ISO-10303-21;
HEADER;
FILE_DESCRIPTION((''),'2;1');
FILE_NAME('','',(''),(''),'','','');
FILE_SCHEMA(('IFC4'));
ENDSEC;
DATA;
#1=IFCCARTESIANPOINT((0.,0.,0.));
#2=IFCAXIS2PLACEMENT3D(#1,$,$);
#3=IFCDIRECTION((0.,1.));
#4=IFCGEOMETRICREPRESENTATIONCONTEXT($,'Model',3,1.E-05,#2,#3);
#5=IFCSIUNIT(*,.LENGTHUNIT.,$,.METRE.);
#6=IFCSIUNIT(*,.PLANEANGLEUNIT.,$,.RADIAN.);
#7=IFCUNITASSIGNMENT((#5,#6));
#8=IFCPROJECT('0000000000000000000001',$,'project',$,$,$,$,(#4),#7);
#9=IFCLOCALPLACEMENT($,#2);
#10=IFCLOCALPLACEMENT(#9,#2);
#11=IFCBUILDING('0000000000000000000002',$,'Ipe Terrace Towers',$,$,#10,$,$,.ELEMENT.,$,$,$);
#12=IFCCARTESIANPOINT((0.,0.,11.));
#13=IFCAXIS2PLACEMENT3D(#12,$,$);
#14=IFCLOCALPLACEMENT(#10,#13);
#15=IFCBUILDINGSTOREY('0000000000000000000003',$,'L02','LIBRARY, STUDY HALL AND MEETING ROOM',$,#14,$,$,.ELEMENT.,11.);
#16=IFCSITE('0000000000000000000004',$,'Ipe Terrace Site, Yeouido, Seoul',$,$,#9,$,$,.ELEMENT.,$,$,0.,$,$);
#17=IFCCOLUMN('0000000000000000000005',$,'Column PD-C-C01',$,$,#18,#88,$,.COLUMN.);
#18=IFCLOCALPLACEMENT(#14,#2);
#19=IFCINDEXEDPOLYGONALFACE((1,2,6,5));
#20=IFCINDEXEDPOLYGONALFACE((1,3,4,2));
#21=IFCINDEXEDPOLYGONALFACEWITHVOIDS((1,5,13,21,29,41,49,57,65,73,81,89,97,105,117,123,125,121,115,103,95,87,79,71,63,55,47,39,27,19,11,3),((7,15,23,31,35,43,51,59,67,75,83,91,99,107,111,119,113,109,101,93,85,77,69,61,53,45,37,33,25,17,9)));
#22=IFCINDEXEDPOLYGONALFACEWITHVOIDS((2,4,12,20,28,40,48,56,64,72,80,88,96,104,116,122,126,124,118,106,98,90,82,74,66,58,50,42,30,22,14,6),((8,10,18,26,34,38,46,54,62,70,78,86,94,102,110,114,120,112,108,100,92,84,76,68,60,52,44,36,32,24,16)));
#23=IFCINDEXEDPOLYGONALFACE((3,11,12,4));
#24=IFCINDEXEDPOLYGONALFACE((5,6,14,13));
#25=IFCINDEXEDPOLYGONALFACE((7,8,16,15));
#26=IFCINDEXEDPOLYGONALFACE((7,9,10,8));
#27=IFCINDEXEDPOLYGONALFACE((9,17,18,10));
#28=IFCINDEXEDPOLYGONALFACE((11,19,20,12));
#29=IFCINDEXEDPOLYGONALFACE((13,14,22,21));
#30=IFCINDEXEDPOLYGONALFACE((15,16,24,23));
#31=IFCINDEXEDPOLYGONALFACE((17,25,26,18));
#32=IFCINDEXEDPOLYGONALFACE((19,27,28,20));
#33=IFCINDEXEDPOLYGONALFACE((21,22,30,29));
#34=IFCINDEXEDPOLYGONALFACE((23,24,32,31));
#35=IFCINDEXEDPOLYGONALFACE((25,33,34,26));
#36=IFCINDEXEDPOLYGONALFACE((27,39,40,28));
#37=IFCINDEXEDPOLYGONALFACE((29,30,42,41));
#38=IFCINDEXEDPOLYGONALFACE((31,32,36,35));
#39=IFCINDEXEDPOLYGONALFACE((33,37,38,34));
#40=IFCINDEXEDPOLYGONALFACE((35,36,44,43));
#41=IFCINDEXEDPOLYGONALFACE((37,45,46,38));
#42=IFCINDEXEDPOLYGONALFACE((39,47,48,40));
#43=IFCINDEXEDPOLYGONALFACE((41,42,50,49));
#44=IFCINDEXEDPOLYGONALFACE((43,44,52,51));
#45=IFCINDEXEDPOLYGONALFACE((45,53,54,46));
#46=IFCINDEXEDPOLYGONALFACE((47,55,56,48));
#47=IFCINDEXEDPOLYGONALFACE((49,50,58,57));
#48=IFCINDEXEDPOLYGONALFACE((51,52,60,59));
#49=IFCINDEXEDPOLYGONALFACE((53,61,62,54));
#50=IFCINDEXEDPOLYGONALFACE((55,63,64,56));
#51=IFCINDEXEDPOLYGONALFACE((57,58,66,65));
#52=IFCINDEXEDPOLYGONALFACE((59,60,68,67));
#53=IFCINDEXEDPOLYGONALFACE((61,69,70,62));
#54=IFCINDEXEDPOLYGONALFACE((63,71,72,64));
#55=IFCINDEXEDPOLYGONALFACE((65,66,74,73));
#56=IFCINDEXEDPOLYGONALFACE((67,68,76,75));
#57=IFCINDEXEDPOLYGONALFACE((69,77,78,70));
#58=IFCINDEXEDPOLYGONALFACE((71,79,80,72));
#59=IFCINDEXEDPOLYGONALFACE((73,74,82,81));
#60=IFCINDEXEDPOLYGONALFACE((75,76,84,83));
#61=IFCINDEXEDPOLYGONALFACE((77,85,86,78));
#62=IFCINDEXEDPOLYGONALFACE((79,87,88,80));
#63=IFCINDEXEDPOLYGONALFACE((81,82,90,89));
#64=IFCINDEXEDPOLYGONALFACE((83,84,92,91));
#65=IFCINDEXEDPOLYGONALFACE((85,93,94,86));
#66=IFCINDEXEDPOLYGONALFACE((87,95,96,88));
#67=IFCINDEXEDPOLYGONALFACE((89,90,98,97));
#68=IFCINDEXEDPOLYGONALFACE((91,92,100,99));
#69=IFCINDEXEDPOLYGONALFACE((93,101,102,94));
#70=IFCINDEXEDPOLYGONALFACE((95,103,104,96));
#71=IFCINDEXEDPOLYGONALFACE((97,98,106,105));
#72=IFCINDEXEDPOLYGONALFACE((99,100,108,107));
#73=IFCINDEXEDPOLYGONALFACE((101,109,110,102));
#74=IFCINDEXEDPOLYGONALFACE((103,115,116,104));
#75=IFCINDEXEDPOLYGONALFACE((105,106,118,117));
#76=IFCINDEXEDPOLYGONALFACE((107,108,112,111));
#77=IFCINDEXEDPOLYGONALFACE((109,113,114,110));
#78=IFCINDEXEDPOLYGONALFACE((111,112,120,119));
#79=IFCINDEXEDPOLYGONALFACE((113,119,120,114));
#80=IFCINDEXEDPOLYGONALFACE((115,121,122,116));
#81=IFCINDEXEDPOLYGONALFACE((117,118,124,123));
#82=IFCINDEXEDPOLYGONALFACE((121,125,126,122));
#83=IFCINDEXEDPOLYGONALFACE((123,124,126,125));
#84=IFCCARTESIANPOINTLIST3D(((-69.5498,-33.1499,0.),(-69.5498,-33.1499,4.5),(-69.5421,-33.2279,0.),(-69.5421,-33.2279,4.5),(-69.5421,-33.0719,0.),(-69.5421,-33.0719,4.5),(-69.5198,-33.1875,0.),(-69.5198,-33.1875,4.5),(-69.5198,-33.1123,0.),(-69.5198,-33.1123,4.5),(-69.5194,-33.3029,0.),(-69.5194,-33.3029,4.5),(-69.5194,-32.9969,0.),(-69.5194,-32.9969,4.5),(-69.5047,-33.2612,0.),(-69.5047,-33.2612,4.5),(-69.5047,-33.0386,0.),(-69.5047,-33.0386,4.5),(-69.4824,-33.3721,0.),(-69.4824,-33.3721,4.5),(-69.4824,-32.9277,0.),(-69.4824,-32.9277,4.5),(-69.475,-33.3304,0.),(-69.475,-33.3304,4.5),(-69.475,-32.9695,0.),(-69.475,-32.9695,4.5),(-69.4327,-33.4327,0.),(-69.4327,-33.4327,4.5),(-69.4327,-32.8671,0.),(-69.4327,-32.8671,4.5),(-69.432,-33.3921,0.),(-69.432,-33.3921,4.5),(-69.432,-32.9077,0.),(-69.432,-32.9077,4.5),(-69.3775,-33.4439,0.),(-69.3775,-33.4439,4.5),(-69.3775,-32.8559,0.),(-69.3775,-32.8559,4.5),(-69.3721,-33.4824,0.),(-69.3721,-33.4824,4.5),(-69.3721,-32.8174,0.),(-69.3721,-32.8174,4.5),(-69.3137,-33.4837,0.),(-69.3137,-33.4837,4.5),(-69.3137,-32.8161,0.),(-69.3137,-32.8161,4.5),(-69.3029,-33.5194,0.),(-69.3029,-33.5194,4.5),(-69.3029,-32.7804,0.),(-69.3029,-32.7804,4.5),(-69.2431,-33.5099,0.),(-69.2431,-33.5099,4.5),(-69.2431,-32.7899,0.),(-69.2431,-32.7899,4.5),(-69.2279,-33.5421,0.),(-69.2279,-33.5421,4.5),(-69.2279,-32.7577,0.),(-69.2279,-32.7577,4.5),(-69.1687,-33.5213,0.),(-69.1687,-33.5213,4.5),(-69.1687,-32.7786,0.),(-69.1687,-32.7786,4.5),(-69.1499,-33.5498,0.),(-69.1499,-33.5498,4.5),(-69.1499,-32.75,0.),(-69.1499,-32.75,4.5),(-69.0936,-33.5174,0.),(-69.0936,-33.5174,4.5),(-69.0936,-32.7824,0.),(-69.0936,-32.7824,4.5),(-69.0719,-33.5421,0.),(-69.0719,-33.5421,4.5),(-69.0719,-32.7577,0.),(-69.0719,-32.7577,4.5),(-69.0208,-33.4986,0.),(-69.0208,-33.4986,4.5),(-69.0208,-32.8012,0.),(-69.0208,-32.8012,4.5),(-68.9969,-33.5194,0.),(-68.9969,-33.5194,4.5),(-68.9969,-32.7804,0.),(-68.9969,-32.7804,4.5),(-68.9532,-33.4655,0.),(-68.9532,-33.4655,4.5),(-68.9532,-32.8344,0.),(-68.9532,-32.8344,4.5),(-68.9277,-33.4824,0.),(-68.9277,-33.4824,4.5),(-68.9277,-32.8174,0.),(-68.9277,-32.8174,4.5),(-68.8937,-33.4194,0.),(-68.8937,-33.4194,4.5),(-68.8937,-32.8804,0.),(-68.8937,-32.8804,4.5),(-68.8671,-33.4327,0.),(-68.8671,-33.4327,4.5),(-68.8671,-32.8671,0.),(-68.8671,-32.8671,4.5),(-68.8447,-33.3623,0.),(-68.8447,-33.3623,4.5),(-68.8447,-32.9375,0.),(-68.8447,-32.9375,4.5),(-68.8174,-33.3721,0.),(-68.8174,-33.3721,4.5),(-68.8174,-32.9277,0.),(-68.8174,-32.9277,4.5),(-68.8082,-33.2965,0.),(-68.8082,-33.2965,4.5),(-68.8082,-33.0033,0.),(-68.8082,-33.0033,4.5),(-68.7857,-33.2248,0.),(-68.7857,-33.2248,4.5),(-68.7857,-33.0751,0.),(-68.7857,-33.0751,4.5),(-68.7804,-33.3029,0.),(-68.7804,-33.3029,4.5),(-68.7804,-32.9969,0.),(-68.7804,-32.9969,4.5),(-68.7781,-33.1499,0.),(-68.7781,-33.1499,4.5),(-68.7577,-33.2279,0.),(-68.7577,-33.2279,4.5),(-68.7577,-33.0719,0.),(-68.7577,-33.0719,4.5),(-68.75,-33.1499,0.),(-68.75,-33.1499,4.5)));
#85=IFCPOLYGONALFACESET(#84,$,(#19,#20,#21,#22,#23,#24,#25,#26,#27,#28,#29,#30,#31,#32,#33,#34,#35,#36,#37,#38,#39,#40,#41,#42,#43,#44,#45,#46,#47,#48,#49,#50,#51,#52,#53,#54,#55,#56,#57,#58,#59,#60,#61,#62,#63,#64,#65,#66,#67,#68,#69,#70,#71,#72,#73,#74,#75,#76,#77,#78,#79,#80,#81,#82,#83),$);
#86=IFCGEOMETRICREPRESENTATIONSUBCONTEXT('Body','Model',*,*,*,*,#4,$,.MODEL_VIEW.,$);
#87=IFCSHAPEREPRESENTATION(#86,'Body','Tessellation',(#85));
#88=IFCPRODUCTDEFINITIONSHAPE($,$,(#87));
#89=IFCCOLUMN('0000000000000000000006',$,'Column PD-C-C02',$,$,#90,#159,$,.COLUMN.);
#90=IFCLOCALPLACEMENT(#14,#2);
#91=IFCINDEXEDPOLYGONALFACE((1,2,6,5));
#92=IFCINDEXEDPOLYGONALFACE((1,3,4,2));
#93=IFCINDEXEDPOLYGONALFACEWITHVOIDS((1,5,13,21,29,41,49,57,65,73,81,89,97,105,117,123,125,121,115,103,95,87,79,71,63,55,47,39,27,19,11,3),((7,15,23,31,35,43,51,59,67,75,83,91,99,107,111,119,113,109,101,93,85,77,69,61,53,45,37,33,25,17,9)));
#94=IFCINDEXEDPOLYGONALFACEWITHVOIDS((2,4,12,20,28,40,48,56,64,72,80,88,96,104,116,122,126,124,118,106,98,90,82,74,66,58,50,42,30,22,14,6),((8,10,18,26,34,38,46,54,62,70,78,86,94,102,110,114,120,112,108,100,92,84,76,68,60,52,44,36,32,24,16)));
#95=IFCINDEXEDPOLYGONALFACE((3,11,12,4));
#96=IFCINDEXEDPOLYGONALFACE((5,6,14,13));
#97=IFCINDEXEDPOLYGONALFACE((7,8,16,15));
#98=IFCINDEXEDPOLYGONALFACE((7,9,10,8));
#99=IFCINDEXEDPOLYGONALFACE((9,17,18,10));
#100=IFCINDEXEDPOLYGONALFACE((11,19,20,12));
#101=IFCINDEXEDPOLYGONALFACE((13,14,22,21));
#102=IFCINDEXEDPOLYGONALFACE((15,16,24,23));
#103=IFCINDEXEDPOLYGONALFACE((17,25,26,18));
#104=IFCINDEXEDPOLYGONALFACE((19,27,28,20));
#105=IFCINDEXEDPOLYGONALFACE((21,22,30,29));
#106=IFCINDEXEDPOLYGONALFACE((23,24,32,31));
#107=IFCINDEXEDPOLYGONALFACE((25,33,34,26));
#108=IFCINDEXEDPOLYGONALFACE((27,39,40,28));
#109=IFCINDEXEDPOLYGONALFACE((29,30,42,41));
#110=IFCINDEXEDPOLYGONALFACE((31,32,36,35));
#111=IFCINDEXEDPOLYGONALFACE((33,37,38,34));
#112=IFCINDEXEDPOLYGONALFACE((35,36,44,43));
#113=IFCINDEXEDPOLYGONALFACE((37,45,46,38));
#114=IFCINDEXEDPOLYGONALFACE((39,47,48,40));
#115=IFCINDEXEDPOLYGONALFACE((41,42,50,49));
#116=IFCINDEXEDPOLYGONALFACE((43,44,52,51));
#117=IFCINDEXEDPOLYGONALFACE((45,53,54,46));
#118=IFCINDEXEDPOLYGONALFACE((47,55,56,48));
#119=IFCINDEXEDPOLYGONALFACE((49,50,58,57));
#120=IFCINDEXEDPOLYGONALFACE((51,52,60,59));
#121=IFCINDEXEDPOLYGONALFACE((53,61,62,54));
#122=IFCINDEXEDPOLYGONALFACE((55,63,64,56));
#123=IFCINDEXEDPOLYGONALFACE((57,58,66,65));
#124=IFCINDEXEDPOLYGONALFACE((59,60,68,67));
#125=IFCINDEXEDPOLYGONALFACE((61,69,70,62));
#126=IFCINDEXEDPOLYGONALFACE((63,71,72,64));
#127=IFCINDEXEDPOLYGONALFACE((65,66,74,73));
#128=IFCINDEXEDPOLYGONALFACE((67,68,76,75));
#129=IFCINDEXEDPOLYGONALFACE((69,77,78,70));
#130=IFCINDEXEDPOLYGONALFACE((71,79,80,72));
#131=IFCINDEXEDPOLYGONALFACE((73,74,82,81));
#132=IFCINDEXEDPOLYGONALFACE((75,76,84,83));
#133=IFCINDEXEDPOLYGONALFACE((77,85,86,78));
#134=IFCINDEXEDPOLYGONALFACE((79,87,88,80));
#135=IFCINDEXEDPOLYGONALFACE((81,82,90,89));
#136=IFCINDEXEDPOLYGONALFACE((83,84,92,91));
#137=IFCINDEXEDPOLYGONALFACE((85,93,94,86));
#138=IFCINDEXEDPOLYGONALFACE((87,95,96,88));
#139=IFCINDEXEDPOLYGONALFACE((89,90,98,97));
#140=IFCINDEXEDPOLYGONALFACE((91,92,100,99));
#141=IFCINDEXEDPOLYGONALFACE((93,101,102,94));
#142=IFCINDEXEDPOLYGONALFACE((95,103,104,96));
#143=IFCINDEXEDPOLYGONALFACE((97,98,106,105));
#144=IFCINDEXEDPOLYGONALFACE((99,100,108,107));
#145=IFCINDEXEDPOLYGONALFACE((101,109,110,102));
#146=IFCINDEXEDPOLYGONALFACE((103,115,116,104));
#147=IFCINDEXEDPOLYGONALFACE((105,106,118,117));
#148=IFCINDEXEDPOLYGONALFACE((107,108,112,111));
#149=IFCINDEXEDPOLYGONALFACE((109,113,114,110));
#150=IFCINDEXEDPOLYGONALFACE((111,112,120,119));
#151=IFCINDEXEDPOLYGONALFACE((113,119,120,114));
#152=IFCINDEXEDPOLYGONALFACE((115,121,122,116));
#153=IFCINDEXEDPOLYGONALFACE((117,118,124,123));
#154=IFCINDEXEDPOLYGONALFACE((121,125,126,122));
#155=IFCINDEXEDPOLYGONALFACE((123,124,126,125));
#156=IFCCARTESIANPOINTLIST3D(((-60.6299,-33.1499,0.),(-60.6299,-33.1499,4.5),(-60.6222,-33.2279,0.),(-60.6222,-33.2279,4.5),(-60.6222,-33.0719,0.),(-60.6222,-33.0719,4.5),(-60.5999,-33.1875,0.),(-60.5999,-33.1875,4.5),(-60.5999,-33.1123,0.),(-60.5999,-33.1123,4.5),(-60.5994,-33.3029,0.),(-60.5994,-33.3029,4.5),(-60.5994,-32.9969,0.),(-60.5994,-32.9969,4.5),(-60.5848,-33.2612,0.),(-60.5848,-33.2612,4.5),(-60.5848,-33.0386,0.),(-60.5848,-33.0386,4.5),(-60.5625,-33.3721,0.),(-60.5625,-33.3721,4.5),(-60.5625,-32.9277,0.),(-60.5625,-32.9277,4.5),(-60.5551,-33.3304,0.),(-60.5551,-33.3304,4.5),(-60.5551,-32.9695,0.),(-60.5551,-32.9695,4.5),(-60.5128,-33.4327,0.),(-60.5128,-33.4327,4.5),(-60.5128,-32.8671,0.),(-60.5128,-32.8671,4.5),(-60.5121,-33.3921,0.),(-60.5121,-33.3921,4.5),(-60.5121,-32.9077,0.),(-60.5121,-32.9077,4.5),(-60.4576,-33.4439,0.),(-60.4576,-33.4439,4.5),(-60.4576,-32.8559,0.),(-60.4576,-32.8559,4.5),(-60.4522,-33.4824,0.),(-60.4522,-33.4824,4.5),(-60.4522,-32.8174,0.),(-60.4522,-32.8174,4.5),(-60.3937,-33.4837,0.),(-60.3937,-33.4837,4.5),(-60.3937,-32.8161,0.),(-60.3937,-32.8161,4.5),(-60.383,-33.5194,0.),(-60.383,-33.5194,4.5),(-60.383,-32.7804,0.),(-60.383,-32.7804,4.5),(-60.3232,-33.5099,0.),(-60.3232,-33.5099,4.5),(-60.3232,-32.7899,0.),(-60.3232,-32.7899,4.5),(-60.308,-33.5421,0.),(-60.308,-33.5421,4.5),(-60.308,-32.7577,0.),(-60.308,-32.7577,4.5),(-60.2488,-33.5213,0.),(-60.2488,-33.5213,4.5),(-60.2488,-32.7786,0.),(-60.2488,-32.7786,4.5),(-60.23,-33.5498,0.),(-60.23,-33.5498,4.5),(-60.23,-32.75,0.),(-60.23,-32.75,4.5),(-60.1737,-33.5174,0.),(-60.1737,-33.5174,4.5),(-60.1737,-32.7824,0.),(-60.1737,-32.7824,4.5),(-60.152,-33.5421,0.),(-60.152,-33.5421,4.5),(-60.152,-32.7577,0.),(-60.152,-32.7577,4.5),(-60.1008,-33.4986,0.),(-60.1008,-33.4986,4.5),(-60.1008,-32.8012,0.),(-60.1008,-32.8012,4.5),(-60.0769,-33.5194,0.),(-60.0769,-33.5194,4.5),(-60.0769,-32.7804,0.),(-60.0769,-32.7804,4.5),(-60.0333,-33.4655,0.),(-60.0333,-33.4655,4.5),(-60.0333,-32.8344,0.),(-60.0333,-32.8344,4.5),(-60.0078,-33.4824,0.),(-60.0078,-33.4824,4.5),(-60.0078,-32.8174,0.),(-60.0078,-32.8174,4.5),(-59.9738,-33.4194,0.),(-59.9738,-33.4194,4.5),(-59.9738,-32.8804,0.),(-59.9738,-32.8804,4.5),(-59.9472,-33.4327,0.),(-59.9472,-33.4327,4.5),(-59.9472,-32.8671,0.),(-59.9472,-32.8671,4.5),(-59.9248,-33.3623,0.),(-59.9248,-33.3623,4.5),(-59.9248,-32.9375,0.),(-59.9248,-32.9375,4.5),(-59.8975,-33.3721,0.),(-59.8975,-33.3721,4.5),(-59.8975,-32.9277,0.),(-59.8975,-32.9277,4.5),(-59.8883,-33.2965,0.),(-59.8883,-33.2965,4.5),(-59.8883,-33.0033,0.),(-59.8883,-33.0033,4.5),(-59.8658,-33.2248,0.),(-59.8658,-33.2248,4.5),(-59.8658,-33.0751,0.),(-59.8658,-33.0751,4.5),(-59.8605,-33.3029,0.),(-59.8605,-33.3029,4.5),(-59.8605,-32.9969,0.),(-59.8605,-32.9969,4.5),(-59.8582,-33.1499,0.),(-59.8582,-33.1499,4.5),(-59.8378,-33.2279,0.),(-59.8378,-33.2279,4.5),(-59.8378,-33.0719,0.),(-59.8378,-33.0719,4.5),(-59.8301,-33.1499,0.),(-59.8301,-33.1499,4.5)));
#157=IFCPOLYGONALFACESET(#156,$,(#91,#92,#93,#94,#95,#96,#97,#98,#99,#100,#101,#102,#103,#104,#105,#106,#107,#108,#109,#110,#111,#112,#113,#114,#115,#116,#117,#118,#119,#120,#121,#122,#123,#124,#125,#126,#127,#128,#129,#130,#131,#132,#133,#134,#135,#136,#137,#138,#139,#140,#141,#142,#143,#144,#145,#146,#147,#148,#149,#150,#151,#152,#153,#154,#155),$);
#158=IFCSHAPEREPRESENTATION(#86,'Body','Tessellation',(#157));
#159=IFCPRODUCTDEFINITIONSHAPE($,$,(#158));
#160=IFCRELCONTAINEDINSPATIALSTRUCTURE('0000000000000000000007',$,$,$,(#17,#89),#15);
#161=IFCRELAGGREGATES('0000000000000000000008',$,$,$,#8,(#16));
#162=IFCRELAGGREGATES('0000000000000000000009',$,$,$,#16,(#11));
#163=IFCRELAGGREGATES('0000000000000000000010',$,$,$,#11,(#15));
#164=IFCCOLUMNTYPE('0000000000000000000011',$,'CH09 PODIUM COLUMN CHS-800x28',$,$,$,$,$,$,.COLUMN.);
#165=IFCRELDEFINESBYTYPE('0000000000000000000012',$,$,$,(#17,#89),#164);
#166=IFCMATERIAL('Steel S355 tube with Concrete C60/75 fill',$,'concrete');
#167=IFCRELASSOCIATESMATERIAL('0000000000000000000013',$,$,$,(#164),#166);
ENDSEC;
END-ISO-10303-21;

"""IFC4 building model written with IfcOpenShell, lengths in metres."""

from ifc_helpers import new_model, si_unit, direction, frame, origin, origin_2d, place, context, subcontext, project, spatial, hollow_circle, extrude, material, material_profile, profile_set, type_object, element, save


model = new_model("IFC4")

# Units and contexts
model_context = context("Model", 3, precision=1e-05, world=origin(), true_north=direction((0.0, 1.0)))
body_context = subcontext(model_context, "Body", "Model", "MODEL_VIEW")
ifc_project = project(units=[si_unit("LENGTHUNIT", "METRE"), si_unit("PLANEANGLEUNIT", "RADIAN")], contexts=[model_context])

# Site, building, storey
site_placement = place(None, origin())
site = spatial("IfcSite", under=ifc_project, at=site_placement, Name="Ipe Terrace Site, Yeouido, Seoul", CompositionType="ELEMENT", RefElevation=0.0)
building_placement = place(site_placement, origin())
building = spatial("IfcBuilding", under=site, at=building_placement, Name="Ipe Terrace Towers", CompositionType="ELEMENT")
storey_placement = place(building_placement, frame((0.0, 0.0, 11.0)))
storey = spatial("IfcBuildingStorey", under=building, at=storey_placement, Name="L02", Description="LIBRARY, STUDY HALL AND MEETING ROOM", CompositionType="ELEMENT", Elevation=11.0)

# Columns
ifc_material_1 = material(Name="Steel S355 tube with Concrete C60/75 fill", Category="concrete")
ifc_material_profile_1 = material_profile(ifc_material_1, hollow_circle(Radius=0.3999, WallThickness=0.0281, at=origin_2d()), Name="CHS-800x28")
ifc_profile_set_1 = profile_set([ifc_material_profile_1], Name="Steel S355 tube with Concrete C60/75 fill")
column_type = type_object("IfcColumnType", Name="CH09 PODIUM COLUMN CHS-800x28", PredefinedType="COLUMN", material=ifc_profile_set_1)
for number, where, z_axis, x_axis, name in (
    (1, (-69.1499, -33.1499, 0.0), (0.0, 0.0, 1.0), (1.0, 0.0, 0.0), "Column PD-C-C01"),
    (2, (-60.23, -33.1499, 0.0), (0.0, 0.0, 1.0), (1.0, 0.0, 0.0), "Column PD-C-C02"),
):
    element("IfcColumn", number, at=place(storey_placement, frame(where, z_axis=z_axis, x_axis=x_axis)), inside=storey, type_object=column_type, Name=name, PredefinedType="COLUMN", context=body_context, shape_type="SweptSolid", body=[
        extrude(hollow_circle(Radius=0.3999, WallThickness=0.0281, at=origin_2d()), origin(), (0.0, 0.0, 1.0), 4.5),
    ])

save(model, "model.ifc")
